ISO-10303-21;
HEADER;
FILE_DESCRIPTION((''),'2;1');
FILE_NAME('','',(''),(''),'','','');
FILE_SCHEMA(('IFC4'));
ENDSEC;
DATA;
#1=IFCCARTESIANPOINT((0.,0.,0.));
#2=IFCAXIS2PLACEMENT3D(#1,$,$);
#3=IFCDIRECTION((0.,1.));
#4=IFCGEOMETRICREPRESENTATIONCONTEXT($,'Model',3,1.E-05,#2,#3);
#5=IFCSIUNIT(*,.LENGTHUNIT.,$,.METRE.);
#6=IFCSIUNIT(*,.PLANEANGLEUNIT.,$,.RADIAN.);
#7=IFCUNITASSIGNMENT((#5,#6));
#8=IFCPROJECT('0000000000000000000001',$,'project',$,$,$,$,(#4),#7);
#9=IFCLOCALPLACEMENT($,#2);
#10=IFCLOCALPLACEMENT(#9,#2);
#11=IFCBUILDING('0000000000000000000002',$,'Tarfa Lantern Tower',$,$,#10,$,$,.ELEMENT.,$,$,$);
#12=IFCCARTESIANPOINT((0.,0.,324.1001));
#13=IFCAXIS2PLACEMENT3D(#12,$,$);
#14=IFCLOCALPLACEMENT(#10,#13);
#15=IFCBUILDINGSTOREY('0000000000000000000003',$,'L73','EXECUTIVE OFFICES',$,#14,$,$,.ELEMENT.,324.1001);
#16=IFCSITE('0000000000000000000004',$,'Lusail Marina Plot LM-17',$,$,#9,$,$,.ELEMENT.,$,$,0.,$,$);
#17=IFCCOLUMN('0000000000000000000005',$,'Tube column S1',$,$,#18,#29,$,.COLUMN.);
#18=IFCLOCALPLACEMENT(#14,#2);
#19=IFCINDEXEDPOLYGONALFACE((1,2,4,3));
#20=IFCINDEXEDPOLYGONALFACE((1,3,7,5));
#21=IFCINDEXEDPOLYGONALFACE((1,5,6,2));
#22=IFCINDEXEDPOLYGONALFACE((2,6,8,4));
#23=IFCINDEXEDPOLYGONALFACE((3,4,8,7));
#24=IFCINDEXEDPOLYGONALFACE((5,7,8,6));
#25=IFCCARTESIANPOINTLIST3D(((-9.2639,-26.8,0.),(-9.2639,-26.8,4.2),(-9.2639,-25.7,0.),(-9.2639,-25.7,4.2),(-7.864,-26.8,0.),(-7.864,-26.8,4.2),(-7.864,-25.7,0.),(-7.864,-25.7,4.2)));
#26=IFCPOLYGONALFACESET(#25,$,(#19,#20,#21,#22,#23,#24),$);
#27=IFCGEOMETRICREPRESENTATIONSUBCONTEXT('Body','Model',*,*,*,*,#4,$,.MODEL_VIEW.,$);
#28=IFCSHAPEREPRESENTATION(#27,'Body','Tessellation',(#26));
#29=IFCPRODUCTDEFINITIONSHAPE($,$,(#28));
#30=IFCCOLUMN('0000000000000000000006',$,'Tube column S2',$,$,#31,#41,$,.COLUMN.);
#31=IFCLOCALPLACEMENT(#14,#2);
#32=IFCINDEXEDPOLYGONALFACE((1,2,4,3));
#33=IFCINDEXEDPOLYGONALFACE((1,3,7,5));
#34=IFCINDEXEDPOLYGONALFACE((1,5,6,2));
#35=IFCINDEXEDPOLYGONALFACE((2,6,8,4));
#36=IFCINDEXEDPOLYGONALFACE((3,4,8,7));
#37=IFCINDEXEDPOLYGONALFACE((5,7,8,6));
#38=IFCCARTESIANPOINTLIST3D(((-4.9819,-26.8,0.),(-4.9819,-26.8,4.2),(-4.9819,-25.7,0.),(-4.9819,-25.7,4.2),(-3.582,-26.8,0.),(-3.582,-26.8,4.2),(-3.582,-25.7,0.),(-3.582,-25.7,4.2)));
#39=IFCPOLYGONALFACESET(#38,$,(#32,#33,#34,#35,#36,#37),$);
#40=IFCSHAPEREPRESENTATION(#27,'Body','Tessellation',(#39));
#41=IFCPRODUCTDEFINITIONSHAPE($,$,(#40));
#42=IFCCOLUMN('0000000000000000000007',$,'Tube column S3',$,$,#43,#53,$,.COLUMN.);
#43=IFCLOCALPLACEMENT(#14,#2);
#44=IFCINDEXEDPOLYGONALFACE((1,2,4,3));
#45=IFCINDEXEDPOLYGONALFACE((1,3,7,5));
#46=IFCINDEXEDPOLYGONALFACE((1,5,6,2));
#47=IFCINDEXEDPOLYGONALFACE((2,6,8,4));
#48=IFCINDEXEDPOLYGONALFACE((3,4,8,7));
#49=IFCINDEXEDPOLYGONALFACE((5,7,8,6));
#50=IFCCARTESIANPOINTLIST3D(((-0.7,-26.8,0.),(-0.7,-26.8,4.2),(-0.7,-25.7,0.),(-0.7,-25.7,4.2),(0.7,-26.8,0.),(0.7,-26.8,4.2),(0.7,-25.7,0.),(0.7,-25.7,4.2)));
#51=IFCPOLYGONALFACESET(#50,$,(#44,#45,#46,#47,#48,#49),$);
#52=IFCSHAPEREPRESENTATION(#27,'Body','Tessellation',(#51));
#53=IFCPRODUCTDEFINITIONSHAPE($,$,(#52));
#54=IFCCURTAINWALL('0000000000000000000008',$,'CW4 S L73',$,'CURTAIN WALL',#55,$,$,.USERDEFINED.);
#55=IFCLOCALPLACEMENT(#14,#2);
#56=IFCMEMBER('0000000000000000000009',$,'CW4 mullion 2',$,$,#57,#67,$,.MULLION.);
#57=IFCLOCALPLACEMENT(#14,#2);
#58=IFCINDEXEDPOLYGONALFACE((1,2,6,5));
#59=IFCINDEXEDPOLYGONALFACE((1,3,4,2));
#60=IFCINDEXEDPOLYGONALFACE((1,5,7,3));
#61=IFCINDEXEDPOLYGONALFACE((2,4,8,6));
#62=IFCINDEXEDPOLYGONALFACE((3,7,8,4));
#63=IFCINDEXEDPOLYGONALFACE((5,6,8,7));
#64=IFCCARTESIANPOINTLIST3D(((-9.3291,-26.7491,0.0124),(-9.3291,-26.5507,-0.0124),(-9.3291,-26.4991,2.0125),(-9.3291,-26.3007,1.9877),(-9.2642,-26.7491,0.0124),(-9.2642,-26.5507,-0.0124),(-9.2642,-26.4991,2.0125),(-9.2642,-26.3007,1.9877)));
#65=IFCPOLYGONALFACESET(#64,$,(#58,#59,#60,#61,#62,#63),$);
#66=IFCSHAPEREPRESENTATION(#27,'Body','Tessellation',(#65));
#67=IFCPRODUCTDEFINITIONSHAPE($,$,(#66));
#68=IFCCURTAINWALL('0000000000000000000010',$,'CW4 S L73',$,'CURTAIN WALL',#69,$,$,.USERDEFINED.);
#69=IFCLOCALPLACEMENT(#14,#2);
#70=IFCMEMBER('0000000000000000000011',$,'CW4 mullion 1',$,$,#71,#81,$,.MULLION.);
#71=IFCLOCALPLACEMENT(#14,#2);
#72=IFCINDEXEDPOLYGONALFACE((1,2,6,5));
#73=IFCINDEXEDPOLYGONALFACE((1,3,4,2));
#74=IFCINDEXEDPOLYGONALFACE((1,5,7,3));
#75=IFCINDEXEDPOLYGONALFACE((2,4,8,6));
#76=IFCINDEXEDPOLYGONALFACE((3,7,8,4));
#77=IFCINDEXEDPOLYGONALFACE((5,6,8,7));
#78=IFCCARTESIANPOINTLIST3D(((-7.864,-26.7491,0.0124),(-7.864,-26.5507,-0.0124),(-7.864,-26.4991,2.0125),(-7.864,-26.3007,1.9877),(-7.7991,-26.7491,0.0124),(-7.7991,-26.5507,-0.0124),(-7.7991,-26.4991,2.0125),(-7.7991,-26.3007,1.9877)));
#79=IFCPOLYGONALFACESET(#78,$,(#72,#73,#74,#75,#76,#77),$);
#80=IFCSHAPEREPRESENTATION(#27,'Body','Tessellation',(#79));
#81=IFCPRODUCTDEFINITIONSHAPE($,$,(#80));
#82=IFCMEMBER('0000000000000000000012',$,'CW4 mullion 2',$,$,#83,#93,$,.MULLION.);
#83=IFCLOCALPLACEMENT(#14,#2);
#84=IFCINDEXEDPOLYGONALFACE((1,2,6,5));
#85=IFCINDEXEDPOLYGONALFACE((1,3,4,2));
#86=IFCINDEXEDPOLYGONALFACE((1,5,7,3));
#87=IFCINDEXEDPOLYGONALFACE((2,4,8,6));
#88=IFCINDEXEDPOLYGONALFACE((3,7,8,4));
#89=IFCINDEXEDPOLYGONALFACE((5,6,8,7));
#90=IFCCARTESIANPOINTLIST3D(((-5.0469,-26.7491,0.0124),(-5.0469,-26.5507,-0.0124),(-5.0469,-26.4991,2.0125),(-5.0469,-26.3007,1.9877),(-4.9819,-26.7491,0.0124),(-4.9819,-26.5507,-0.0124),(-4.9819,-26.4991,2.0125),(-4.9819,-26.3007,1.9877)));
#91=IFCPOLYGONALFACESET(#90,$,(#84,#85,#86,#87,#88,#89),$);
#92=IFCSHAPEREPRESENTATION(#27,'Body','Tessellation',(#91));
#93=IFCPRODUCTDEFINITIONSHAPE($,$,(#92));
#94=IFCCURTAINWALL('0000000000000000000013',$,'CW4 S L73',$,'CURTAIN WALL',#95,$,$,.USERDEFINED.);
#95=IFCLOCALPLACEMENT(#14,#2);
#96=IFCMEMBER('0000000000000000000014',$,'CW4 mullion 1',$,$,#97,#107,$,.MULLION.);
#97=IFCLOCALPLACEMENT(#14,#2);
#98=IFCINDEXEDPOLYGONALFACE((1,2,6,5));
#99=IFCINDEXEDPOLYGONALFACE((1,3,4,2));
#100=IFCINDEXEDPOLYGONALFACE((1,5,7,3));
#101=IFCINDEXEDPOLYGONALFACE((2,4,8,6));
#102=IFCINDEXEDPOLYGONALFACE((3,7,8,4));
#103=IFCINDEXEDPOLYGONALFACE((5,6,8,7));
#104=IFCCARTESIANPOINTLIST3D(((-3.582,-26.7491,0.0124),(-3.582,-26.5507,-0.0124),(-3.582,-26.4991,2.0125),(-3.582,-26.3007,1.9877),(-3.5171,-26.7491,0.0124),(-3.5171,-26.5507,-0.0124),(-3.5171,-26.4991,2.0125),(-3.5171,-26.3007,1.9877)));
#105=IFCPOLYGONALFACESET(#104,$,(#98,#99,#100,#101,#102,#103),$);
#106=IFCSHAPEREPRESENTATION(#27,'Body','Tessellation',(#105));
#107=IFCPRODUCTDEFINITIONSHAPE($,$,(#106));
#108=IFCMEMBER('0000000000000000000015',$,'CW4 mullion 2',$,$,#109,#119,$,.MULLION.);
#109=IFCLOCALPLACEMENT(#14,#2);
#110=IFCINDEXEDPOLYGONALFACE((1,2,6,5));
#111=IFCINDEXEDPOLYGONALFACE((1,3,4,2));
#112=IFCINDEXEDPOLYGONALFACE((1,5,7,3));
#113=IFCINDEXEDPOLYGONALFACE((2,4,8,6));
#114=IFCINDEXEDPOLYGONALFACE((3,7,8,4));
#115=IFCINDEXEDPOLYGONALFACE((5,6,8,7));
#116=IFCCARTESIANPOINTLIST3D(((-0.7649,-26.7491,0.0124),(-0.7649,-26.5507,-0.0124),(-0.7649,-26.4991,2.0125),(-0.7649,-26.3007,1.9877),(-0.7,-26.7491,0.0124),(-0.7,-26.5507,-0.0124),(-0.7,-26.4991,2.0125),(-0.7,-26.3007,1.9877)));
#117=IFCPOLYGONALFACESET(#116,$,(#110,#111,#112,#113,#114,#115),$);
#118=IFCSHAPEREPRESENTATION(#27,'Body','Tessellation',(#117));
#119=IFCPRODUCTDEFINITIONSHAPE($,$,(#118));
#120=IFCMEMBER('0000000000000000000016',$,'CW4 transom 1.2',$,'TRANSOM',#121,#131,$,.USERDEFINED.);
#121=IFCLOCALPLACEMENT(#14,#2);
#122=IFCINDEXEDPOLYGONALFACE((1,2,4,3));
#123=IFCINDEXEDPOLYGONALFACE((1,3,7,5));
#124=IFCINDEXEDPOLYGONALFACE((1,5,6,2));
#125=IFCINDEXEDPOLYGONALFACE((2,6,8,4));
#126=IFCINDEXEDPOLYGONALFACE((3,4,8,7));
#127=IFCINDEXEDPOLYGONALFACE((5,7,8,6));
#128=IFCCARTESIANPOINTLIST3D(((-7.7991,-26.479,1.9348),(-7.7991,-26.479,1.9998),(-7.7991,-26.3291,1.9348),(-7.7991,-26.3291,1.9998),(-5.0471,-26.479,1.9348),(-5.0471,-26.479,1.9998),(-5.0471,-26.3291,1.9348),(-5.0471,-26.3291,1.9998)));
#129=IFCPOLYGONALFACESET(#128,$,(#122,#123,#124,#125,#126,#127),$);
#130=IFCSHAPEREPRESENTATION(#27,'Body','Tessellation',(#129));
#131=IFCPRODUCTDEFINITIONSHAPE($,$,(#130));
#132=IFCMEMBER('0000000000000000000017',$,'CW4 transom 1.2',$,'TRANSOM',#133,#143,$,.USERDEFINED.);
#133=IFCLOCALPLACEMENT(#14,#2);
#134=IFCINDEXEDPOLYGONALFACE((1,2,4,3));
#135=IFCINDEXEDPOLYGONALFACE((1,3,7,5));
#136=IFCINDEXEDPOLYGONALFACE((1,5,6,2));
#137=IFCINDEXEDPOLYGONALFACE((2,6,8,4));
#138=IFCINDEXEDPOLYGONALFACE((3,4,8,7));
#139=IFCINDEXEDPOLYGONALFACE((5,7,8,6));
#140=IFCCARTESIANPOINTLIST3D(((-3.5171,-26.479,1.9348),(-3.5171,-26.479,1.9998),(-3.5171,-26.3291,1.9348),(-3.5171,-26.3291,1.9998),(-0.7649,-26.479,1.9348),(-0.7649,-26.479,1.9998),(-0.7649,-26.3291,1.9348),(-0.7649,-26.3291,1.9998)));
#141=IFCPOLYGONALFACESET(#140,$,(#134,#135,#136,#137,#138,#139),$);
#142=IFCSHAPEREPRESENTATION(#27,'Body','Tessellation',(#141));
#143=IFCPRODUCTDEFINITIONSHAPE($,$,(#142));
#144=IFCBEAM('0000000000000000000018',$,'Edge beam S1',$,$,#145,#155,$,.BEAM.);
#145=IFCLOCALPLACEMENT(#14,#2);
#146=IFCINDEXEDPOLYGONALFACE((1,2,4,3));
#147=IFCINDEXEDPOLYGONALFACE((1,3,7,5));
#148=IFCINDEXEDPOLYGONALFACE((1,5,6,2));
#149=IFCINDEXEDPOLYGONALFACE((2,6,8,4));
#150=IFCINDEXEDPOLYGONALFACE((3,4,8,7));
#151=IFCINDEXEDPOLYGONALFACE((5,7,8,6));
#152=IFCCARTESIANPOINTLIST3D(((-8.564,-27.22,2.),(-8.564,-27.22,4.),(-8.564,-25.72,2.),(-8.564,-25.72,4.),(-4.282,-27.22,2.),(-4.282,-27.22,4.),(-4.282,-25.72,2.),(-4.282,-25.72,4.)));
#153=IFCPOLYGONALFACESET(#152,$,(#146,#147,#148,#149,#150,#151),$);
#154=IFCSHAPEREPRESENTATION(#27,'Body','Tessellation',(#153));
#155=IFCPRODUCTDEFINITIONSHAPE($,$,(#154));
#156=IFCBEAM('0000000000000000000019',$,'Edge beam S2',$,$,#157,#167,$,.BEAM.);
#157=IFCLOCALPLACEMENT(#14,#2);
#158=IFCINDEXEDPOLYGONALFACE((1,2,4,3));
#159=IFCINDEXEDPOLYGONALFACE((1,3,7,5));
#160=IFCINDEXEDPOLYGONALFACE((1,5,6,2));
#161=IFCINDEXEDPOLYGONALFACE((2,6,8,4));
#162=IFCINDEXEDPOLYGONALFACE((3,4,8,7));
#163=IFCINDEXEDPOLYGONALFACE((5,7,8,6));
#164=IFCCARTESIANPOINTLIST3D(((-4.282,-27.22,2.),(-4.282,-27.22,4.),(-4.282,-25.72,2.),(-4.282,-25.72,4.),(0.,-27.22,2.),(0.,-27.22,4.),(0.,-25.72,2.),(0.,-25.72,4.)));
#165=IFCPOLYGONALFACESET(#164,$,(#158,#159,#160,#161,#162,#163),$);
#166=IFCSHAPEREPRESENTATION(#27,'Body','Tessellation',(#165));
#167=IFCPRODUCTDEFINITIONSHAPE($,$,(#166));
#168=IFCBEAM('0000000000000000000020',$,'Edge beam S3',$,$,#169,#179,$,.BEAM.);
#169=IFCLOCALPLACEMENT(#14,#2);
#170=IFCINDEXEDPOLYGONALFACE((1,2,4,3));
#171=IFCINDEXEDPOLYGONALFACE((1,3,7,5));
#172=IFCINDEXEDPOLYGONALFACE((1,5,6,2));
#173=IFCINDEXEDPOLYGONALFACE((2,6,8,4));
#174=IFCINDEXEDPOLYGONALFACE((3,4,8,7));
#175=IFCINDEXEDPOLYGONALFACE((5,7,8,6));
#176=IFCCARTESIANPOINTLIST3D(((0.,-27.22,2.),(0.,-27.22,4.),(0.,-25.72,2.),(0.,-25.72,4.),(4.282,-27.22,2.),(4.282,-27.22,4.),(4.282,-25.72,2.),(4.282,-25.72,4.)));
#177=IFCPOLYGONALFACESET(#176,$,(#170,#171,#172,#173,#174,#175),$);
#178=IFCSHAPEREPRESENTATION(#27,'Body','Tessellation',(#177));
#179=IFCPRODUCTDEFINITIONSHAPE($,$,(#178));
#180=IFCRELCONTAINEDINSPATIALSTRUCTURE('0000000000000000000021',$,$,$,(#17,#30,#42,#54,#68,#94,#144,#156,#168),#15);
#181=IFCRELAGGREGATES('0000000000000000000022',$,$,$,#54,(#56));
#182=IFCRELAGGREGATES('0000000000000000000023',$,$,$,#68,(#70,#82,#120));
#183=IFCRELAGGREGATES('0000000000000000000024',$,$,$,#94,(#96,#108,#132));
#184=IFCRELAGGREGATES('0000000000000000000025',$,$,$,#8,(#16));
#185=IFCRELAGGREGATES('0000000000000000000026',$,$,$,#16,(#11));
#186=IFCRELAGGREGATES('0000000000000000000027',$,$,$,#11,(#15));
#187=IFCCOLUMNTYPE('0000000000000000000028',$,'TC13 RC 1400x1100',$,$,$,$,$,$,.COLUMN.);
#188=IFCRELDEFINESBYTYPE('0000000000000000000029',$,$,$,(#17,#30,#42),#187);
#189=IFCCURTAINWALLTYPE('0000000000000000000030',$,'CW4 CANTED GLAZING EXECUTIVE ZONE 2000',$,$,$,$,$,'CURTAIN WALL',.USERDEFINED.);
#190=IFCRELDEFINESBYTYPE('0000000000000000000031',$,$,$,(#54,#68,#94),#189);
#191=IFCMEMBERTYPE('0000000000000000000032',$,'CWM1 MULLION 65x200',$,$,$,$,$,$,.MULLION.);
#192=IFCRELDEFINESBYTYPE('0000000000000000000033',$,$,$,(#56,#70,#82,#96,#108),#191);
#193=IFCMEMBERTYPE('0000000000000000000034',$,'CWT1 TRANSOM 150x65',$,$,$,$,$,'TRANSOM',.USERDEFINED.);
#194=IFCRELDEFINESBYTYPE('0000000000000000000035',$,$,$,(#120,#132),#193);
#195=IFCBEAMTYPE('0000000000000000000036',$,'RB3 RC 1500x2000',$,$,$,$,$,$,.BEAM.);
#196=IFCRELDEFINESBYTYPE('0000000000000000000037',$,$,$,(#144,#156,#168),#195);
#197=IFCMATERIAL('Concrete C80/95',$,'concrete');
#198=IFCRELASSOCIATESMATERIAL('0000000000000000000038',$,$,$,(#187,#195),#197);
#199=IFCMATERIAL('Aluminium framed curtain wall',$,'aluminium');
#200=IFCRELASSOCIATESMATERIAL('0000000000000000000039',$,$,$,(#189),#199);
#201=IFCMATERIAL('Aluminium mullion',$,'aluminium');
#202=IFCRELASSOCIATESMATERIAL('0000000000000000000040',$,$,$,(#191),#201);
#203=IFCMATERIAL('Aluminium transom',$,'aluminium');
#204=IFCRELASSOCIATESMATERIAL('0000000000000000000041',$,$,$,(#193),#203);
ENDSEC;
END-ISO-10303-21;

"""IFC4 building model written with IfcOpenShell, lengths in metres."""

from ifc_helpers import new_model, si_unit, direction, frame, origin, origin_2d, place, context, subcontext, project, spatial, rectangle, extrude, material, material_profile, profile_set, type_object, element, aggregate, save


model = new_model("IFC4")

# Units and contexts
model_context = context("Model", 3, precision=1e-05, world=origin(), true_north=direction((0.0, 1.0)))
body_context = subcontext(model_context, "Body", "Model", "MODEL_VIEW")
ifc_project = project(units=[si_unit("LENGTHUNIT", "METRE"), si_unit("PLANEANGLEUNIT", "RADIAN")], contexts=[model_context])

# Site, building, storey
site_placement = place(None, origin())
site = spatial("IfcSite", under=ifc_project, at=site_placement, Name="Lusail Marina Plot LM-17", CompositionType="ELEMENT", RefElevation=0.0)
building_placement = place(site_placement, origin())
building = spatial("IfcBuilding", under=site, at=building_placement, Name="Tarfa Lantern Tower", CompositionType="ELEMENT")
storey_placement = place(building_placement, frame((0.0, 0.0, 324.1001)))
storey = spatial("IfcBuildingStorey", under=building, at=storey_placement, Name="L73", Description="EXECUTIVE OFFICES", CompositionType="ELEMENT", Elevation=324.1001)

# Columns
ifc_material_1 = material(Name="Concrete C80/95", Category="concrete")
ifc_material_profile_1 = material_profile(ifc_material_1, rectangle(XDim=1.3999, YDim=1.1001, at=origin_2d()), Name="RC 1400x1100")
ifc_profile_set_1 = profile_set([ifc_material_profile_1], Name="Concrete C80/95")
column_type = type_object("IfcColumnType", Name="TC13 RC 1400x1100", PredefinedType="COLUMN", material=ifc_profile_set_1)
for number, where, z_axis, x_axis, name in (
    (1, (-8.564, -26.25, 0.0), (0.0, 0.0, 1.0), (1.0, 0.0, 0.0), "Tube column S1"),
    (2, (-4.282, -26.25, 0.0), (0.0, 0.0, 1.0), (1.0, 0.0, 0.0), "Tube column S2"),
    (3, (0.0, -26.25, 0.0), (0.0, 0.0, 1.0), (1.0, 0.0, 0.0), "Tube column S3"),
):
    element("IfcColumn", number, at=place(storey_placement, frame(where, z_axis=z_axis, x_axis=x_axis)), inside=storey, type_object=column_type, Name=name, PredefinedType="COLUMN", context=body_context, shape_type="SweptSolid", body=[
        extrude(rectangle(XDim=1.3999, YDim=1.1001, at=origin_2d()), origin(), (0.0, 0.0, 1.0), 4.2),
    ])

# Curtain wall, member
ifc_material_2 = material(Name="Aluminium framed curtain wall", Category="aluminium")
curtain_wall_type = type_object("IfcCurtainWallType", Name="CW4 CANTED GLAZING EXECUTIVE ZONE 2000", ElementType="CURTAIN WALL", PredefinedType="USERDEFINED", material=ifc_material_2)
curtain_wall_1_placement = place(storey_placement, origin())
curtain_wall_1 = element("IfcCurtainWall", 4, at=curtain_wall_1_placement, inside=storey, type_object=curtain_wall_type, Name="CW4 S L73", ObjectType="CURTAIN WALL", PredefinedType="USERDEFINED")
ifc_material_3 = material(Name="Aluminium mullion", Category="aluminium")
ifc_material_profile_2 = material_profile(ifc_material_3, rectangle(XDim=0.0649, YDim=0.2, at=origin_2d()), Name="AL MULLION 65x200")
ifc_profile_set_2 = profile_set([ifc_material_profile_2], Name="Aluminium mullion")
member_type_1 = type_object("IfcMemberType", Name="CWM1 MULLION 65x200", PredefinedType="MULLION", material=ifc_profile_set_2)
member_1_placement = place(storey_placement, frame((-9.2966, -26.6499, 0.0), z_axis=(0.0, 0.124035, 0.992278), x_axis=(-1.0, 0.0, 0.0)))
member_1 = element("IfcMember", 5, at=member_1_placement, type_object=member_type_1, Name="CW4 mullion 2", PredefinedType="MULLION", context=body_context, shape_type="SweptSolid", body=[
    extrude(rectangle(XDim=0.0649, YDim=0.2, at=origin_2d()), origin(), (0.0, 0.0, 1.0), 2.0156),
])
aggregate(curtain_wall_1, [member_1])

# Curtain walls, members
curtain_wall_2_placement = place(storey_placement, origin())
curtain_wall_2 = element("IfcCurtainWall", 6, at=curtain_wall_2_placement, inside=storey, type_object=curtain_wall_type, Name="CW4 S L73", ObjectType="CURTAIN WALL", PredefinedType="USERDEFINED")
member_2_placement = place(storey_placement, frame((-7.8315, -26.6499, 0.0), z_axis=(0.0, 0.124035, 0.992278), x_axis=(-1.0, 0.0, 0.0)))
member_2 = element("IfcMember", 7, at=member_2_placement, type_object=member_type_1, Name="CW4 mullion 1", PredefinedType="MULLION", context=body_context, shape_type="SweptSolid", body=[
    extrude(rectangle(XDim=0.0649, YDim=0.2, at=origin_2d()), origin(), (0.0, 0.0, 1.0), 2.0156),
])
member_3_placement = place(storey_placement, frame((-5.0144, -26.6499, 0.0), z_axis=(0.0, 0.124035, 0.992278), x_axis=(-1.0, 0.0, 0.0)))
member_3 = element("IfcMember", 8, at=member_3_placement, type_object=member_type_1, Name="CW4 mullion 2", PredefinedType="MULLION", context=body_context, shape_type="SweptSolid", body=[
    extrude(rectangle(XDim=0.0649, YDim=0.2, at=origin_2d()), origin(), (0.0, 0.0, 1.0), 2.0156),
])
curtain_wall_3_placement = place(storey_placement, origin())
curtain_wall_3 = element("IfcCurtainWall", 9, at=curtain_wall_3_placement, inside=storey, type_object=curtain_wall_type, Name="CW4 S L73", ObjectType="CURTAIN WALL", PredefinedType="USERDEFINED")
member_4_placement = place(storey_placement, frame((-3.5496, -26.6499, 0.0), z_axis=(0.0, 0.124035, 0.992278), x_axis=(-1.0, 0.0, 0.0)))
member_4 = element("IfcMember", 10, at=member_4_placement, type_object=member_type_1, Name="CW4 mullion 1", PredefinedType="MULLION", context=body_context, shape_type="SweptSolid", body=[
    extrude(rectangle(XDim=0.0649, YDim=0.2, at=origin_2d()), origin(), (0.0, 0.0, 1.0), 2.0156),
])
member_5_placement = place(storey_placement, frame((-0.7324, -26.6499, 0.0), z_axis=(0.0, 0.124035, 0.992278), x_axis=(-1.0, 0.0, 0.0)))
member_5 = element("IfcMember", 11, at=member_5_placement, type_object=member_type_1, Name="CW4 mullion 2", PredefinedType="MULLION", context=body_context, shape_type="SweptSolid", body=[
    extrude(rectangle(XDim=0.0649, YDim=0.2, at=origin_2d()), origin(), (0.0, 0.0, 1.0), 2.0156),
])

# Members
ifc_material_4 = material(Name="Aluminium transom", Category="aluminium")
ifc_material_profile_3 = material_profile(ifc_material_4, rectangle(XDim=0.1499, YDim=0.0649, at=origin_2d()), Name="AL TRANSOM 150x65")
ifc_profile_set_3 = profile_set([ifc_material_profile_3], Name="Aluminium transom")
member_type_2 = type_object("IfcMemberType", Name="CWT1 TRANSOM 150x65", ElementType="TRANSOM", PredefinedType="USERDEFINED", material=ifc_profile_set_3)
member_6_placement = place(storey_placement, frame((-7.7991, -26.4041, 1.9673), z_axis=(1.0, 0.0, 0.0), x_axis=(0.0, 1.0, 0.0)))
member_6 = element("IfcMember", 12, at=member_6_placement, type_object=member_type_2, Name="CW4 transom 1.2", ObjectType="TRANSOM", PredefinedType="USERDEFINED", context=body_context, shape_type="SweptSolid", body=[
    extrude(rectangle(XDim=0.1499, YDim=0.0649, at=origin_2d()), origin(), (0.0, 0.0, 1.0), 2.752),
])
member_7_placement = place(storey_placement, frame((-3.5171, -26.4041, 1.9673), z_axis=(1.0, 0.0, 0.0), x_axis=(0.0, 1.0, 0.0)))
member_7 = element("IfcMember", 13, at=member_7_placement, type_object=member_type_2, Name="CW4 transom 1.2", ObjectType="TRANSOM", PredefinedType="USERDEFINED", context=body_context, shape_type="SweptSolid", body=[
    extrude(rectangle(XDim=0.1499, YDim=0.0649, at=origin_2d()), origin(), (0.0, 0.0, 1.0), 2.7522),
])

# Beams
ifc_material_profile_4 = material_profile(ifc_material_1, rectangle(XDim=1.5, YDim=2.0, at=origin_2d()), Name="RC 1500x2000")
ifc_profile_set_4 = profile_set([ifc_material_profile_4], Name="Concrete C80/95")
beam_type_1 = type_object("IfcBeamType", Name="RB3 RC 1500x2000", PredefinedType="BEAM", material=ifc_profile_set_4)
for number, where, z_axis, x_axis, name in (
    (14, (-8.564, -26.47, 3.0), (1.0, 0.0, 0.0), (0.0, 1.0, 0.0), "Edge beam S1"),
    (15, (-4.282, -26.47, 3.0), (1.0, 0.0, 0.0), (0.0, 1.0, 0.0), "Edge beam S2"),
    (16, (0.0, -26.47, 3.0), (1.0, 0.0, 0.0), (0.0, 1.0, 0.0), "Edge beam S3"),
):
    element("IfcBeam", number, at=place(storey_placement, frame(where, z_axis=z_axis, x_axis=x_axis)), inside=storey, type_object=beam_type_1, Name=name, PredefinedType="BEAM", context=body_context, shape_type="SweptSolid", body=[
        extrude(rectangle(XDim=1.5, YDim=2.0, at=origin_2d()), origin(), (0.0, 0.0, 1.0), 4.282),
    ])

aggregate(curtain_wall_2, [member_2, member_3, member_6])
aggregate(curtain_wall_3, [member_4, member_5, member_7])

save(model, "model.ifc")
